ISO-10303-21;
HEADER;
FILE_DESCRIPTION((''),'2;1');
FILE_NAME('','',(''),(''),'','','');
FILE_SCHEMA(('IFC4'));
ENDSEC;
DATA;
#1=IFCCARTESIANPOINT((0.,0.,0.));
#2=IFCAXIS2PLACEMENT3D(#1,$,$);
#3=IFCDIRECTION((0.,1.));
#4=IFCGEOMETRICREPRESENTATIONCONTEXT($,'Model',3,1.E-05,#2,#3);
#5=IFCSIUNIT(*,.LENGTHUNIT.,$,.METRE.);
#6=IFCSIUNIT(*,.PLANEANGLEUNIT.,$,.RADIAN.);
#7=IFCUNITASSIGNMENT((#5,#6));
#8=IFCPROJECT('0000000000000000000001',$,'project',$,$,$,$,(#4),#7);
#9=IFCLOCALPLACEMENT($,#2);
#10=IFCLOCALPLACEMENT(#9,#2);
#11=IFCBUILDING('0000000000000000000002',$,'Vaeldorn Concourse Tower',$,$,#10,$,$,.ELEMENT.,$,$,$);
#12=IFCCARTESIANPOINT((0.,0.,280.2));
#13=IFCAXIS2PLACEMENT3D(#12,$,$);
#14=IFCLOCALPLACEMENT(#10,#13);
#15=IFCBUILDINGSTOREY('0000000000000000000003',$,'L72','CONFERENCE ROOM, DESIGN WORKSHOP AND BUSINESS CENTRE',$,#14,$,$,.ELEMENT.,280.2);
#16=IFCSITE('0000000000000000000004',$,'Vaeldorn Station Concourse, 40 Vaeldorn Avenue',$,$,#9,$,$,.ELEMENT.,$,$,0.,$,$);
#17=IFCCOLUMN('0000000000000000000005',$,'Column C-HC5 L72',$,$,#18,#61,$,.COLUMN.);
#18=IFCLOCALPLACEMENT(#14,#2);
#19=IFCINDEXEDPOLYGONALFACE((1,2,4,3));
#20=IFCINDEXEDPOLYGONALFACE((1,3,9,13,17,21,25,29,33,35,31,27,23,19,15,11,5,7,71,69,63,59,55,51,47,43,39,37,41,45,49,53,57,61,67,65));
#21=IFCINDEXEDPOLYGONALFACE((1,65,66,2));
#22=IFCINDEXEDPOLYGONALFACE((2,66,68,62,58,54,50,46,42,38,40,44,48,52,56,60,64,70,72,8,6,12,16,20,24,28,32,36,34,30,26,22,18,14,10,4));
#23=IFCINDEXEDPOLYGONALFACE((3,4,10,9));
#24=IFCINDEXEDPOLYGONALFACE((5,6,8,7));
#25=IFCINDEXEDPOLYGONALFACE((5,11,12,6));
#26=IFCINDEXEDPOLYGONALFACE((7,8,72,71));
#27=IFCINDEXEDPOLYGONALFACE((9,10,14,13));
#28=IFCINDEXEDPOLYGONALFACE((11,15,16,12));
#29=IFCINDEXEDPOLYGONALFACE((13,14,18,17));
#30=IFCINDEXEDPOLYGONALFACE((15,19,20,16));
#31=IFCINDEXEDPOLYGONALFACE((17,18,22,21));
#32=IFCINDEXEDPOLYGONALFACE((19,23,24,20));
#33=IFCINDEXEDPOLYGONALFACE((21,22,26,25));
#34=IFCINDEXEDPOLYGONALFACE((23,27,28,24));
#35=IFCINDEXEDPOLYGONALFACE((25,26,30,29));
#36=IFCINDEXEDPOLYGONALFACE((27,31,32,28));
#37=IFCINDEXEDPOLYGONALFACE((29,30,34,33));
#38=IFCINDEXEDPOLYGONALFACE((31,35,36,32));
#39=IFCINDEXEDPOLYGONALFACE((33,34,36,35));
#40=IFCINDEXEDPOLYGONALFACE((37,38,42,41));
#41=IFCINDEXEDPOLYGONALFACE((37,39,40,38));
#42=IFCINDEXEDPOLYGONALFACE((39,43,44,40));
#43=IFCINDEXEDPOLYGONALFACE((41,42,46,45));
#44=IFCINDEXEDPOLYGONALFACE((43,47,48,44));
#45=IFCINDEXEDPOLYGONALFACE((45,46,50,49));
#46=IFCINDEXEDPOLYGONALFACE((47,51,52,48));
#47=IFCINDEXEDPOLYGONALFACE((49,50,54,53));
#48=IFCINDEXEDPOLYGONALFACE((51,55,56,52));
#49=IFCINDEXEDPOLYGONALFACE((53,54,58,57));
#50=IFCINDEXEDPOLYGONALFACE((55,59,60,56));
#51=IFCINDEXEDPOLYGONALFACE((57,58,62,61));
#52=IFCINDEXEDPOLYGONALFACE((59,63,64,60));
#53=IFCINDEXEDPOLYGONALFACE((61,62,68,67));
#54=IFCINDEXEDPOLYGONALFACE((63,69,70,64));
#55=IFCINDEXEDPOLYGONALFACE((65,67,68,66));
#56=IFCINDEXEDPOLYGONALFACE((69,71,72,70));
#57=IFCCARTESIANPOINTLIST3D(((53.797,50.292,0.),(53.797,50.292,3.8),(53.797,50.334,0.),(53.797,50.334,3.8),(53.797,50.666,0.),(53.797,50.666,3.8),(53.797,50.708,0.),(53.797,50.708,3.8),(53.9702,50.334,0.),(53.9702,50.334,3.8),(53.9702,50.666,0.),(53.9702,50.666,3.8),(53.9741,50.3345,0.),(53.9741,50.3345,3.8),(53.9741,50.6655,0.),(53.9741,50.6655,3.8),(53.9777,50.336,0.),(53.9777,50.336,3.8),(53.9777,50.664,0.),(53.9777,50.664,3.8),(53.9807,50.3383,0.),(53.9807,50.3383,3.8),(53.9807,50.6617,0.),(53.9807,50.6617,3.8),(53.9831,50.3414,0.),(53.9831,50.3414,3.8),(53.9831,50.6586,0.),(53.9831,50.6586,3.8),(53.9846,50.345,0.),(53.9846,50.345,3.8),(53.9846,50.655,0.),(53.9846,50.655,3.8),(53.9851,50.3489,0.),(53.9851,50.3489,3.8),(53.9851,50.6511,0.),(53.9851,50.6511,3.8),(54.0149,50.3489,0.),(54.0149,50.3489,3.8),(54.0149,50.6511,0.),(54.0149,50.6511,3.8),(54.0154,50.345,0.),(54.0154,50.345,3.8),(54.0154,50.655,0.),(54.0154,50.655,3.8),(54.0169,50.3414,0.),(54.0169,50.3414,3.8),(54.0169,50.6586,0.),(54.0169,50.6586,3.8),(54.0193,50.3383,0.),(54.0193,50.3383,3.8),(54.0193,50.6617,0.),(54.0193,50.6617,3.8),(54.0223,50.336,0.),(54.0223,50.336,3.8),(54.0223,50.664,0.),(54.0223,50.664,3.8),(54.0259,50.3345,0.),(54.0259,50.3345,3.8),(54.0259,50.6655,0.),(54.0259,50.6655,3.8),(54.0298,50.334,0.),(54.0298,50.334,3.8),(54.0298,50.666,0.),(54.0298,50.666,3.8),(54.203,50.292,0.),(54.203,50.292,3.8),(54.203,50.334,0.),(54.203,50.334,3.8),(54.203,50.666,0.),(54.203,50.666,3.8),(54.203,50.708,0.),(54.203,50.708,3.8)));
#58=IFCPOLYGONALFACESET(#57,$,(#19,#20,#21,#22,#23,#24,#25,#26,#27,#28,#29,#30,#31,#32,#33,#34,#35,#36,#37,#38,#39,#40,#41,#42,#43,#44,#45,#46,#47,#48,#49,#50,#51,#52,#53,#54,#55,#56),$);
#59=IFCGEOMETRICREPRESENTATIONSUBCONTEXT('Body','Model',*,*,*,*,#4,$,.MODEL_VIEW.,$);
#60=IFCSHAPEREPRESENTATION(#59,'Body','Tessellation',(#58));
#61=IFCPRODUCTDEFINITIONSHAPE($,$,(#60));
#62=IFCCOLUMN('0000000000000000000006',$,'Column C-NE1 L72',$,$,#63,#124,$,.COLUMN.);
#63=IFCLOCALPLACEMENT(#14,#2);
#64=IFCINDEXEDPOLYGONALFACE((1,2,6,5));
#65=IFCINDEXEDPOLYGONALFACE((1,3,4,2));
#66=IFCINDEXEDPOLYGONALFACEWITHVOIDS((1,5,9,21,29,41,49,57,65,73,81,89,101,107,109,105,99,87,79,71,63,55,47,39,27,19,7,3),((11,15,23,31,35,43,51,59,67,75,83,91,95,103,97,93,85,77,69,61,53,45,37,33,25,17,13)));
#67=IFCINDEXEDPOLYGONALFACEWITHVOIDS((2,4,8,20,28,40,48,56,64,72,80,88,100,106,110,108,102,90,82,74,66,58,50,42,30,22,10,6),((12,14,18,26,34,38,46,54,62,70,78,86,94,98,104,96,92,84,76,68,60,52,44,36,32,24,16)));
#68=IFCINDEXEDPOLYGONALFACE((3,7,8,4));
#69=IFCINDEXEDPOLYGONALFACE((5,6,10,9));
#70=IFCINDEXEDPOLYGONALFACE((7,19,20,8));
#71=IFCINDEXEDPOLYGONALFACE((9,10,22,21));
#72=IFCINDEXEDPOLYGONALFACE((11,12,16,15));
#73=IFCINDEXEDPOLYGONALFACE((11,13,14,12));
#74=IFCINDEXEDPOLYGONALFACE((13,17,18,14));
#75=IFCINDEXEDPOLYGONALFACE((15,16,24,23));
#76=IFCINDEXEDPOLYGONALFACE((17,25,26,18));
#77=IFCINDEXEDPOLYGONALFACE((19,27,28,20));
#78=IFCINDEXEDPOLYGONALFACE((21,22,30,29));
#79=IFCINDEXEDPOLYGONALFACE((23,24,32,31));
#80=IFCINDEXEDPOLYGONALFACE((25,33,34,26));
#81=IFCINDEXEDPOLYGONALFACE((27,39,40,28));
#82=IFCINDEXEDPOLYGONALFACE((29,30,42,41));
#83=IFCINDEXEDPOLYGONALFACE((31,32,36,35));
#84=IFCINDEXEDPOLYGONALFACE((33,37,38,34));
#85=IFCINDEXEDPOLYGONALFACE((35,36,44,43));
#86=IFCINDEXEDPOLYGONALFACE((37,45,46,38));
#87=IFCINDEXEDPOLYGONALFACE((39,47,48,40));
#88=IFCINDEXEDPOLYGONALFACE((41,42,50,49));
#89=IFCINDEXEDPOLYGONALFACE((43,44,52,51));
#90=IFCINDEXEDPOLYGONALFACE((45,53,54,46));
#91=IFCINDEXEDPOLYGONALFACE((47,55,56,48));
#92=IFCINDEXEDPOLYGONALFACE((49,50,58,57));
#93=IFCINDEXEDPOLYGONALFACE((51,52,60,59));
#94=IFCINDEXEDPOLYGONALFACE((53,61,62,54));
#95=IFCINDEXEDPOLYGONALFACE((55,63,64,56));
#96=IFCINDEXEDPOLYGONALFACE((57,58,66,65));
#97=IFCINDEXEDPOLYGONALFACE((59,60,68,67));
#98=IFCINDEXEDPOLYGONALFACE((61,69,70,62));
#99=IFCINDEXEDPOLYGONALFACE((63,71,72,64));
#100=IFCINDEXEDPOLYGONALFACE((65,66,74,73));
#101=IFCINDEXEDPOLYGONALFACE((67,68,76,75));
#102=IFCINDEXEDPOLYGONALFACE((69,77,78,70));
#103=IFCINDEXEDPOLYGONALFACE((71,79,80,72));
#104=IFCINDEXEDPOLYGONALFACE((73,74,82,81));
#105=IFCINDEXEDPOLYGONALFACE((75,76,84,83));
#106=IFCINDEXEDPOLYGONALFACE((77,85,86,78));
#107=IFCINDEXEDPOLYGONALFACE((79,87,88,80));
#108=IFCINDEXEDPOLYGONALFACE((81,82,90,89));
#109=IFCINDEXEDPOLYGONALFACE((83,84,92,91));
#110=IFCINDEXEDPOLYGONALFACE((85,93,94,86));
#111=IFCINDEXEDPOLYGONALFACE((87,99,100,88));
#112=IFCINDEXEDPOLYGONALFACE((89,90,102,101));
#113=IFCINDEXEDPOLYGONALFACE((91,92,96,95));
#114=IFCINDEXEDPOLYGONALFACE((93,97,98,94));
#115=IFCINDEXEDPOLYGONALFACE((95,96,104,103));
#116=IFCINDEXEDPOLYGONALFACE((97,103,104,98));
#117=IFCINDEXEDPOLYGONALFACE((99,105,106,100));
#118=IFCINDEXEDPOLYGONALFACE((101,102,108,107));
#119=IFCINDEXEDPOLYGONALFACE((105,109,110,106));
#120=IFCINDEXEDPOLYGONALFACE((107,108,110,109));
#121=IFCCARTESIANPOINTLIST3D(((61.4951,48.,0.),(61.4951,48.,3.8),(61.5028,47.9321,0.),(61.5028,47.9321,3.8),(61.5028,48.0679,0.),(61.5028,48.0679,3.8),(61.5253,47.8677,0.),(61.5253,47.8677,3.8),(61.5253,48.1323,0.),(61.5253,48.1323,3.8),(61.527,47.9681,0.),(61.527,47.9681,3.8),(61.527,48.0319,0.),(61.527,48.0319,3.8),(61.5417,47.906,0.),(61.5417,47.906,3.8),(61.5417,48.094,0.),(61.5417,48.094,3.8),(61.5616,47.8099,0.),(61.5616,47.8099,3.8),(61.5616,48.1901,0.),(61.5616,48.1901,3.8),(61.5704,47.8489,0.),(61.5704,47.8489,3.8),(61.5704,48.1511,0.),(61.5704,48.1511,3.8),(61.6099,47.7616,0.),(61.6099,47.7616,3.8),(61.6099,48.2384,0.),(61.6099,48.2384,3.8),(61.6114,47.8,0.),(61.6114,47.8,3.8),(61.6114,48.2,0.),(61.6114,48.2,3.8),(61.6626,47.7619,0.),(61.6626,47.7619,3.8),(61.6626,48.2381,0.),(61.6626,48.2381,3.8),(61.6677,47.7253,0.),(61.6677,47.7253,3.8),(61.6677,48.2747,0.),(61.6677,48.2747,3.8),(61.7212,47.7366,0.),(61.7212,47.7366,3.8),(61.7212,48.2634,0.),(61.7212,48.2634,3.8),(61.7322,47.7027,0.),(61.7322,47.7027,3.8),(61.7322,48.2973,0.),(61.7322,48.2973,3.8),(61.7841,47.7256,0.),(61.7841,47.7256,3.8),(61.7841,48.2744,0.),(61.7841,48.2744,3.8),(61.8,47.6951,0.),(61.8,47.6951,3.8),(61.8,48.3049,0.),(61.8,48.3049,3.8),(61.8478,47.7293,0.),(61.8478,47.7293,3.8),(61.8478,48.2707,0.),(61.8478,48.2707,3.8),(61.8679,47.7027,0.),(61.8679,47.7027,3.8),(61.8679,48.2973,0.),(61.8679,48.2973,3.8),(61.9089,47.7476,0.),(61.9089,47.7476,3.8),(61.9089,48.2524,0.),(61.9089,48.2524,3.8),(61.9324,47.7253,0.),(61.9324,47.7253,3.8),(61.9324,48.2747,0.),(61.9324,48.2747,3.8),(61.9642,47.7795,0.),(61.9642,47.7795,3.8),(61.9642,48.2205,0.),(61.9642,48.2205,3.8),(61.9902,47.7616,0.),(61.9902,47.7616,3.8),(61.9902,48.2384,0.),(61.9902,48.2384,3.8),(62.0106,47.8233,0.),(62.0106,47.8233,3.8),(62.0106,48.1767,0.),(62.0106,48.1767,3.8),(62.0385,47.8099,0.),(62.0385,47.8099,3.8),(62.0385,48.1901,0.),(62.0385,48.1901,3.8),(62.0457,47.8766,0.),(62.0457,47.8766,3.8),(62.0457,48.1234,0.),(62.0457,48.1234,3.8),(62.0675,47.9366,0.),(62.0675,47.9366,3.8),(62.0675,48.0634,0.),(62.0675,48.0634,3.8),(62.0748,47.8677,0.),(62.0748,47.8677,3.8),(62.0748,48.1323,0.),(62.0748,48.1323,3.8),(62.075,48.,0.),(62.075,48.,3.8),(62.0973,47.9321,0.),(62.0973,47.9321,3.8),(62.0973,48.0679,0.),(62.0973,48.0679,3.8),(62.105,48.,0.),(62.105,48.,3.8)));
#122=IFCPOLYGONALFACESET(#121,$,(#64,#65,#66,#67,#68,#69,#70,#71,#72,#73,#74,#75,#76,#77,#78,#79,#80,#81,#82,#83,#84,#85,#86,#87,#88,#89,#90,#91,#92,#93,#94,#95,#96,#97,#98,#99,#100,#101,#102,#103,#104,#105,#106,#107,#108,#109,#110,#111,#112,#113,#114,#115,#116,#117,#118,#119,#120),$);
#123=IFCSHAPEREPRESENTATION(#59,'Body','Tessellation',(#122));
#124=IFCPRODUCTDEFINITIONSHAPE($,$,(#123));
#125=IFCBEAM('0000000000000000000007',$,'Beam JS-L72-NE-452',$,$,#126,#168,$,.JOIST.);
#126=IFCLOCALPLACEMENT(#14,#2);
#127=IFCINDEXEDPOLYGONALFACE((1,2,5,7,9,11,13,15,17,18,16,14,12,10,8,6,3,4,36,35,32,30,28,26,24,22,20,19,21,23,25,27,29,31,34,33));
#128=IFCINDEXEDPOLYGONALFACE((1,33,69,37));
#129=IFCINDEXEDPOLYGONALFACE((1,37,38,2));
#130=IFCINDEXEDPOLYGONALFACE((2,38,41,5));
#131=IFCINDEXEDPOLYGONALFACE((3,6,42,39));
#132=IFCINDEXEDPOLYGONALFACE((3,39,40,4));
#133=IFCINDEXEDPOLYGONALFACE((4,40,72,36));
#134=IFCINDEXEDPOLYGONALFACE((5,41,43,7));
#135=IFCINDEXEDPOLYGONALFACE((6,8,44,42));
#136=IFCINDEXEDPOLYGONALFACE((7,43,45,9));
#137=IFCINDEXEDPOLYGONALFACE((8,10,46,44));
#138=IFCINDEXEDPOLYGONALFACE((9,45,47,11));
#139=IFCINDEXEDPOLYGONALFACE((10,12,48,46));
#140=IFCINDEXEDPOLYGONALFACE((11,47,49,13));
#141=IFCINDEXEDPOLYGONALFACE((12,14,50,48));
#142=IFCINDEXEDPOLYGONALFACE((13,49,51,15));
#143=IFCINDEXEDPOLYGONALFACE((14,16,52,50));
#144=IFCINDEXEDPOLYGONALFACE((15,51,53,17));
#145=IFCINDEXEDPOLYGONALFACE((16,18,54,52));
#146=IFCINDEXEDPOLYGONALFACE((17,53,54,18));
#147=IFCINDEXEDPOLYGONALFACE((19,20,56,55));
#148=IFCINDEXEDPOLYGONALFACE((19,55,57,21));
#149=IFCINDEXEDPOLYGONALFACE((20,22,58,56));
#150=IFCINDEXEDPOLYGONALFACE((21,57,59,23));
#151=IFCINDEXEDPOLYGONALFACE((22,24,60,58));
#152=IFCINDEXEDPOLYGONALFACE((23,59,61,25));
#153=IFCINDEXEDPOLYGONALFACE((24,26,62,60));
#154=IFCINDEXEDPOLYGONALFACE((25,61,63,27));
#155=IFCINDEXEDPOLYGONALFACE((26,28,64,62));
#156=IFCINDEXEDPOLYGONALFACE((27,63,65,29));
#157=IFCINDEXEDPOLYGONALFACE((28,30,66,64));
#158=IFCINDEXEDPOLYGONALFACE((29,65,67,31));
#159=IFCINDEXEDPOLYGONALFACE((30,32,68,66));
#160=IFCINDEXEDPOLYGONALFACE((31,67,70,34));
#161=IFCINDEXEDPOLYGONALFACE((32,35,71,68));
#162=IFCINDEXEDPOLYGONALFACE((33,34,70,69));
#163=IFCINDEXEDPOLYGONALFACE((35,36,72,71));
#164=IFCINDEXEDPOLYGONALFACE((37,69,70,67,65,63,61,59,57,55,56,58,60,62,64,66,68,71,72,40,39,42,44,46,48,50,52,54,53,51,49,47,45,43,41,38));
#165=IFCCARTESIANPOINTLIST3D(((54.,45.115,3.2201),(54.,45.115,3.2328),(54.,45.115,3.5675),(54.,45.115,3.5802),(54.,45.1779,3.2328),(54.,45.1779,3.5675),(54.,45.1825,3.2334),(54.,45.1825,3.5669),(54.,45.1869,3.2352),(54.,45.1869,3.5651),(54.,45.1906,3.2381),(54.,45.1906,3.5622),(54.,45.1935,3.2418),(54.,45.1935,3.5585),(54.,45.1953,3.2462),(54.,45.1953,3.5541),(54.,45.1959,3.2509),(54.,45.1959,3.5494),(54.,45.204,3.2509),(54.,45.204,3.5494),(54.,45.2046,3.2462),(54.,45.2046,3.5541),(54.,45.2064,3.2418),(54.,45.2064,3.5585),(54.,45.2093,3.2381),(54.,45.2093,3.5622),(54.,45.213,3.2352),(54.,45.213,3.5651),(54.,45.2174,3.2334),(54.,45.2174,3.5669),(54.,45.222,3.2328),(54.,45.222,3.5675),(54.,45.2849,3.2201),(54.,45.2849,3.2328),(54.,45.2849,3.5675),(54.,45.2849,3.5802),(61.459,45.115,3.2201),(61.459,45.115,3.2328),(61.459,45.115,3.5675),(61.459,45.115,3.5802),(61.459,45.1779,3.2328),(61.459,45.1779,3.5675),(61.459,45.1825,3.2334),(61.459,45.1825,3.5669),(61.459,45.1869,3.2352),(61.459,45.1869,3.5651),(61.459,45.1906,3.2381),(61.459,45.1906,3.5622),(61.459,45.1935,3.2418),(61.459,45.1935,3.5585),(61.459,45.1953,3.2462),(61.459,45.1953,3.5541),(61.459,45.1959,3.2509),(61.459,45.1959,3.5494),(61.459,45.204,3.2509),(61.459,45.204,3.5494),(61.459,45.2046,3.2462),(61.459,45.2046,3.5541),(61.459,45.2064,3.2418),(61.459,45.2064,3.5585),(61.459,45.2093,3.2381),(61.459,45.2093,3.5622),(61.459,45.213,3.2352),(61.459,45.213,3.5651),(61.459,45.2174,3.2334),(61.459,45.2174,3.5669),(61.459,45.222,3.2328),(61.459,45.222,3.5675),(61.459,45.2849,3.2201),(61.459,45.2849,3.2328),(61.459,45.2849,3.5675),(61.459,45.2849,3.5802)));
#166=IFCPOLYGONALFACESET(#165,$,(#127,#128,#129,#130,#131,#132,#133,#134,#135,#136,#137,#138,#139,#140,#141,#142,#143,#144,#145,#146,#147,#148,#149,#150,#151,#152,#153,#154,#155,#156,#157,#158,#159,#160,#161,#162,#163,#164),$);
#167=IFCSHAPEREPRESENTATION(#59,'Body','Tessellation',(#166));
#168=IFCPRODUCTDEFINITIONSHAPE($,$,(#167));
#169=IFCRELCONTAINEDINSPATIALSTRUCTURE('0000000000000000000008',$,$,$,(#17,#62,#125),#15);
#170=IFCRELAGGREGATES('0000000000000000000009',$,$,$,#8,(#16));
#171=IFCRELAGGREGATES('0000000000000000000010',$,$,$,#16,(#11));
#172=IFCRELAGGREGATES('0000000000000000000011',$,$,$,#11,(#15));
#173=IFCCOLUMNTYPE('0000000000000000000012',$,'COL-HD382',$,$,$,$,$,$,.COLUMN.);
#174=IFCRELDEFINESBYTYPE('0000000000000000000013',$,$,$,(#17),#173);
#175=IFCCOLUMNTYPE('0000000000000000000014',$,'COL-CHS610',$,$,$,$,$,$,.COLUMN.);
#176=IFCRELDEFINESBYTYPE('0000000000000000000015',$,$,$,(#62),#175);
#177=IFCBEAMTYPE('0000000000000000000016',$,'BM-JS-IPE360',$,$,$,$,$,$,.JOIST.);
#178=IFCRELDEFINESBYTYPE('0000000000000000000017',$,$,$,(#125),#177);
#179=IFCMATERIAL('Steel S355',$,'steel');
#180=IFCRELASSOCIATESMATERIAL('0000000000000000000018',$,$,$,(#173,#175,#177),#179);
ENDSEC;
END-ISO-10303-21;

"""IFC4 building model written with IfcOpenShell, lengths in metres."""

from ifc_helpers import new_model, si_unit, direction, frame, origin, origin_2d, place, context, subcontext, project, spatial, hollow_circle, i_section, extrude, source, transform, mapped, material, material_profile, profile_set, type_object, element, save


model = new_model("IFC4")

# Units and contexts
model_context = context("Model", 3, precision=1e-05, world=origin(), true_north=direction((0.0, 1.0)))
body_context = subcontext(model_context, "Body", "Model", "MODEL_VIEW")
ifc_project = project(units=[si_unit("LENGTHUNIT", "METRE"), si_unit("PLANEANGLEUNIT", "RADIAN")], contexts=[model_context])

# Site, building, storey
site_placement = place(None, origin())
site = spatial("IfcSite", under=ifc_project, at=site_placement, Name="Vaeldorn Station Concourse, 40 Vaeldorn Avenue", CompositionType="ELEMENT", RefElevation=0.0)
building_placement = place(site_placement, origin())
building = spatial("IfcBuilding", under=site, at=building_placement, Name="Vaeldorn Concourse Tower", CompositionType="ELEMENT")
storey_placement = place(building_placement, frame((0.0, 0.0, 280.2)))
storey = spatial("IfcBuildingStorey", under=building, at=storey_placement, Name="L72", Description="CONFERENCE ROOM, DESIGN WORKSHOP AND BUSINESS CENTRE", CompositionType="ELEMENT", Elevation=280.2)

# Columns
ifc_material_1 = material(Name="Steel S355", Category="steel")
ifc_material_profile_1 = material_profile(ifc_material_1, i_section(OverallWidth=0.406, OverallDepth=0.416, WebThickness=0.0298, FlangeThickness=0.042, FilletRadius=0.0149, at=origin_2d()), Name="HD 400x382")
ifc_profile_set_1 = profile_set([ifc_material_profile_1], Name="Steel S355")
column_type_1 = type_object("IfcColumnType", Name="COL-HD382", PredefinedType="COLUMN", material=ifc_profile_set_1)
shared_shape_1 = source(origin(), body_context, "Body", "SweptSolid", [
    extrude(i_section(OverallWidth=0.406, OverallDepth=0.416, WebThickness=0.0298, FlangeThickness=0.042, FilletRadius=0.0149, at=origin_2d()), origin(), (0.0, 0.0, 1.0), 3.8),
])
column_1_placement = place(storey_placement, frame((54.0, 50.5, 0.0), z_axis=(0.0, 0.0, 1.0), x_axis=(1.0, 0.0, 0.0)))
element("IfcColumn", 1, at=column_1_placement, inside=storey, type_object=column_type_1, Name="Column C-HC5 L72", PredefinedType="COLUMN", context=body_context, shape_type="MappedRepresentation", body=[
    mapped(shared_shape_1, transform((0.0, 0.0, 0.0), scale=1.0)),
])
ifc_material_profile_2 = material_profile(ifc_material_1, hollow_circle(Radius=0.3049, WallThickness=0.03, at=origin_2d()), Name="CHS 610x30")
ifc_profile_set_2 = profile_set([ifc_material_profile_2], Name="Steel S355")
column_type_2 = type_object("IfcColumnType", Name="COL-CHS610", PredefinedType="COLUMN", material=ifc_profile_set_2)
shared_shape_2 = source(origin(), body_context, "Body", "SweptSolid", [
    extrude(hollow_circle(Radius=0.3049, WallThickness=0.03, at=origin_2d()), origin(), (0.0, 0.0, 1.0), 3.8),
])
column_2_placement = place(storey_placement, frame((61.8, 48.0, 0.0), z_axis=(0.0, 0.0, 1.0), x_axis=(1.0, 0.0, 0.0)))
element("IfcColumn", 2, at=column_2_placement, inside=storey, type_object=column_type_2, Name="Column C-NE1 L72", PredefinedType="COLUMN", context=body_context, shape_type="MappedRepresentation", body=[
    mapped(shared_shape_2, transform((0.0, 0.0, 0.0), scale=1.0)),
])

# Beam
ifc_material_profile_3 = material_profile(ifc_material_1, i_section(OverallWidth=0.1699, OverallDepth=0.3601, WebThickness=0.0081, FlangeThickness=0.0127, FilletRadius=0.0181, at=origin_2d()), Name="IPE 360")
ifc_profile_set_3 = profile_set([ifc_material_profile_3], Name="Steel S355")
beam_type_1 = type_object("IfcBeamType", Name="BM-JS-IPE360", PredefinedType="JOIST", material=ifc_profile_set_3)
shared_shape_3 = source(origin(), body_context, "Body", "SweptSolid", [
    extrude(i_section(OverallWidth=0.1699, OverallDepth=0.3601, WebThickness=0.0081, FlangeThickness=0.0127, FilletRadius=0.0181, at=origin_2d()), origin(), (0.0, 0.0, 1.0), 7.459),
])
beam_1_placement = place(storey_placement, frame((54.0, 45.2, 3.4001), z_axis=(1.0, 0.0, 0.0), x_axis=(0.0, 1.0, 0.0)))
element("IfcBeam", 3, at=beam_1_placement, inside=storey, type_object=beam_type_1, Name="Beam JS-L72-NE-452", PredefinedType="JOIST", context=body_context, shape_type="MappedRepresentation", body=[
    mapped(shared_shape_3, transform((0.0, 0.0, 0.0), scale=1.0)),
])

save(model, "model.ifc")
